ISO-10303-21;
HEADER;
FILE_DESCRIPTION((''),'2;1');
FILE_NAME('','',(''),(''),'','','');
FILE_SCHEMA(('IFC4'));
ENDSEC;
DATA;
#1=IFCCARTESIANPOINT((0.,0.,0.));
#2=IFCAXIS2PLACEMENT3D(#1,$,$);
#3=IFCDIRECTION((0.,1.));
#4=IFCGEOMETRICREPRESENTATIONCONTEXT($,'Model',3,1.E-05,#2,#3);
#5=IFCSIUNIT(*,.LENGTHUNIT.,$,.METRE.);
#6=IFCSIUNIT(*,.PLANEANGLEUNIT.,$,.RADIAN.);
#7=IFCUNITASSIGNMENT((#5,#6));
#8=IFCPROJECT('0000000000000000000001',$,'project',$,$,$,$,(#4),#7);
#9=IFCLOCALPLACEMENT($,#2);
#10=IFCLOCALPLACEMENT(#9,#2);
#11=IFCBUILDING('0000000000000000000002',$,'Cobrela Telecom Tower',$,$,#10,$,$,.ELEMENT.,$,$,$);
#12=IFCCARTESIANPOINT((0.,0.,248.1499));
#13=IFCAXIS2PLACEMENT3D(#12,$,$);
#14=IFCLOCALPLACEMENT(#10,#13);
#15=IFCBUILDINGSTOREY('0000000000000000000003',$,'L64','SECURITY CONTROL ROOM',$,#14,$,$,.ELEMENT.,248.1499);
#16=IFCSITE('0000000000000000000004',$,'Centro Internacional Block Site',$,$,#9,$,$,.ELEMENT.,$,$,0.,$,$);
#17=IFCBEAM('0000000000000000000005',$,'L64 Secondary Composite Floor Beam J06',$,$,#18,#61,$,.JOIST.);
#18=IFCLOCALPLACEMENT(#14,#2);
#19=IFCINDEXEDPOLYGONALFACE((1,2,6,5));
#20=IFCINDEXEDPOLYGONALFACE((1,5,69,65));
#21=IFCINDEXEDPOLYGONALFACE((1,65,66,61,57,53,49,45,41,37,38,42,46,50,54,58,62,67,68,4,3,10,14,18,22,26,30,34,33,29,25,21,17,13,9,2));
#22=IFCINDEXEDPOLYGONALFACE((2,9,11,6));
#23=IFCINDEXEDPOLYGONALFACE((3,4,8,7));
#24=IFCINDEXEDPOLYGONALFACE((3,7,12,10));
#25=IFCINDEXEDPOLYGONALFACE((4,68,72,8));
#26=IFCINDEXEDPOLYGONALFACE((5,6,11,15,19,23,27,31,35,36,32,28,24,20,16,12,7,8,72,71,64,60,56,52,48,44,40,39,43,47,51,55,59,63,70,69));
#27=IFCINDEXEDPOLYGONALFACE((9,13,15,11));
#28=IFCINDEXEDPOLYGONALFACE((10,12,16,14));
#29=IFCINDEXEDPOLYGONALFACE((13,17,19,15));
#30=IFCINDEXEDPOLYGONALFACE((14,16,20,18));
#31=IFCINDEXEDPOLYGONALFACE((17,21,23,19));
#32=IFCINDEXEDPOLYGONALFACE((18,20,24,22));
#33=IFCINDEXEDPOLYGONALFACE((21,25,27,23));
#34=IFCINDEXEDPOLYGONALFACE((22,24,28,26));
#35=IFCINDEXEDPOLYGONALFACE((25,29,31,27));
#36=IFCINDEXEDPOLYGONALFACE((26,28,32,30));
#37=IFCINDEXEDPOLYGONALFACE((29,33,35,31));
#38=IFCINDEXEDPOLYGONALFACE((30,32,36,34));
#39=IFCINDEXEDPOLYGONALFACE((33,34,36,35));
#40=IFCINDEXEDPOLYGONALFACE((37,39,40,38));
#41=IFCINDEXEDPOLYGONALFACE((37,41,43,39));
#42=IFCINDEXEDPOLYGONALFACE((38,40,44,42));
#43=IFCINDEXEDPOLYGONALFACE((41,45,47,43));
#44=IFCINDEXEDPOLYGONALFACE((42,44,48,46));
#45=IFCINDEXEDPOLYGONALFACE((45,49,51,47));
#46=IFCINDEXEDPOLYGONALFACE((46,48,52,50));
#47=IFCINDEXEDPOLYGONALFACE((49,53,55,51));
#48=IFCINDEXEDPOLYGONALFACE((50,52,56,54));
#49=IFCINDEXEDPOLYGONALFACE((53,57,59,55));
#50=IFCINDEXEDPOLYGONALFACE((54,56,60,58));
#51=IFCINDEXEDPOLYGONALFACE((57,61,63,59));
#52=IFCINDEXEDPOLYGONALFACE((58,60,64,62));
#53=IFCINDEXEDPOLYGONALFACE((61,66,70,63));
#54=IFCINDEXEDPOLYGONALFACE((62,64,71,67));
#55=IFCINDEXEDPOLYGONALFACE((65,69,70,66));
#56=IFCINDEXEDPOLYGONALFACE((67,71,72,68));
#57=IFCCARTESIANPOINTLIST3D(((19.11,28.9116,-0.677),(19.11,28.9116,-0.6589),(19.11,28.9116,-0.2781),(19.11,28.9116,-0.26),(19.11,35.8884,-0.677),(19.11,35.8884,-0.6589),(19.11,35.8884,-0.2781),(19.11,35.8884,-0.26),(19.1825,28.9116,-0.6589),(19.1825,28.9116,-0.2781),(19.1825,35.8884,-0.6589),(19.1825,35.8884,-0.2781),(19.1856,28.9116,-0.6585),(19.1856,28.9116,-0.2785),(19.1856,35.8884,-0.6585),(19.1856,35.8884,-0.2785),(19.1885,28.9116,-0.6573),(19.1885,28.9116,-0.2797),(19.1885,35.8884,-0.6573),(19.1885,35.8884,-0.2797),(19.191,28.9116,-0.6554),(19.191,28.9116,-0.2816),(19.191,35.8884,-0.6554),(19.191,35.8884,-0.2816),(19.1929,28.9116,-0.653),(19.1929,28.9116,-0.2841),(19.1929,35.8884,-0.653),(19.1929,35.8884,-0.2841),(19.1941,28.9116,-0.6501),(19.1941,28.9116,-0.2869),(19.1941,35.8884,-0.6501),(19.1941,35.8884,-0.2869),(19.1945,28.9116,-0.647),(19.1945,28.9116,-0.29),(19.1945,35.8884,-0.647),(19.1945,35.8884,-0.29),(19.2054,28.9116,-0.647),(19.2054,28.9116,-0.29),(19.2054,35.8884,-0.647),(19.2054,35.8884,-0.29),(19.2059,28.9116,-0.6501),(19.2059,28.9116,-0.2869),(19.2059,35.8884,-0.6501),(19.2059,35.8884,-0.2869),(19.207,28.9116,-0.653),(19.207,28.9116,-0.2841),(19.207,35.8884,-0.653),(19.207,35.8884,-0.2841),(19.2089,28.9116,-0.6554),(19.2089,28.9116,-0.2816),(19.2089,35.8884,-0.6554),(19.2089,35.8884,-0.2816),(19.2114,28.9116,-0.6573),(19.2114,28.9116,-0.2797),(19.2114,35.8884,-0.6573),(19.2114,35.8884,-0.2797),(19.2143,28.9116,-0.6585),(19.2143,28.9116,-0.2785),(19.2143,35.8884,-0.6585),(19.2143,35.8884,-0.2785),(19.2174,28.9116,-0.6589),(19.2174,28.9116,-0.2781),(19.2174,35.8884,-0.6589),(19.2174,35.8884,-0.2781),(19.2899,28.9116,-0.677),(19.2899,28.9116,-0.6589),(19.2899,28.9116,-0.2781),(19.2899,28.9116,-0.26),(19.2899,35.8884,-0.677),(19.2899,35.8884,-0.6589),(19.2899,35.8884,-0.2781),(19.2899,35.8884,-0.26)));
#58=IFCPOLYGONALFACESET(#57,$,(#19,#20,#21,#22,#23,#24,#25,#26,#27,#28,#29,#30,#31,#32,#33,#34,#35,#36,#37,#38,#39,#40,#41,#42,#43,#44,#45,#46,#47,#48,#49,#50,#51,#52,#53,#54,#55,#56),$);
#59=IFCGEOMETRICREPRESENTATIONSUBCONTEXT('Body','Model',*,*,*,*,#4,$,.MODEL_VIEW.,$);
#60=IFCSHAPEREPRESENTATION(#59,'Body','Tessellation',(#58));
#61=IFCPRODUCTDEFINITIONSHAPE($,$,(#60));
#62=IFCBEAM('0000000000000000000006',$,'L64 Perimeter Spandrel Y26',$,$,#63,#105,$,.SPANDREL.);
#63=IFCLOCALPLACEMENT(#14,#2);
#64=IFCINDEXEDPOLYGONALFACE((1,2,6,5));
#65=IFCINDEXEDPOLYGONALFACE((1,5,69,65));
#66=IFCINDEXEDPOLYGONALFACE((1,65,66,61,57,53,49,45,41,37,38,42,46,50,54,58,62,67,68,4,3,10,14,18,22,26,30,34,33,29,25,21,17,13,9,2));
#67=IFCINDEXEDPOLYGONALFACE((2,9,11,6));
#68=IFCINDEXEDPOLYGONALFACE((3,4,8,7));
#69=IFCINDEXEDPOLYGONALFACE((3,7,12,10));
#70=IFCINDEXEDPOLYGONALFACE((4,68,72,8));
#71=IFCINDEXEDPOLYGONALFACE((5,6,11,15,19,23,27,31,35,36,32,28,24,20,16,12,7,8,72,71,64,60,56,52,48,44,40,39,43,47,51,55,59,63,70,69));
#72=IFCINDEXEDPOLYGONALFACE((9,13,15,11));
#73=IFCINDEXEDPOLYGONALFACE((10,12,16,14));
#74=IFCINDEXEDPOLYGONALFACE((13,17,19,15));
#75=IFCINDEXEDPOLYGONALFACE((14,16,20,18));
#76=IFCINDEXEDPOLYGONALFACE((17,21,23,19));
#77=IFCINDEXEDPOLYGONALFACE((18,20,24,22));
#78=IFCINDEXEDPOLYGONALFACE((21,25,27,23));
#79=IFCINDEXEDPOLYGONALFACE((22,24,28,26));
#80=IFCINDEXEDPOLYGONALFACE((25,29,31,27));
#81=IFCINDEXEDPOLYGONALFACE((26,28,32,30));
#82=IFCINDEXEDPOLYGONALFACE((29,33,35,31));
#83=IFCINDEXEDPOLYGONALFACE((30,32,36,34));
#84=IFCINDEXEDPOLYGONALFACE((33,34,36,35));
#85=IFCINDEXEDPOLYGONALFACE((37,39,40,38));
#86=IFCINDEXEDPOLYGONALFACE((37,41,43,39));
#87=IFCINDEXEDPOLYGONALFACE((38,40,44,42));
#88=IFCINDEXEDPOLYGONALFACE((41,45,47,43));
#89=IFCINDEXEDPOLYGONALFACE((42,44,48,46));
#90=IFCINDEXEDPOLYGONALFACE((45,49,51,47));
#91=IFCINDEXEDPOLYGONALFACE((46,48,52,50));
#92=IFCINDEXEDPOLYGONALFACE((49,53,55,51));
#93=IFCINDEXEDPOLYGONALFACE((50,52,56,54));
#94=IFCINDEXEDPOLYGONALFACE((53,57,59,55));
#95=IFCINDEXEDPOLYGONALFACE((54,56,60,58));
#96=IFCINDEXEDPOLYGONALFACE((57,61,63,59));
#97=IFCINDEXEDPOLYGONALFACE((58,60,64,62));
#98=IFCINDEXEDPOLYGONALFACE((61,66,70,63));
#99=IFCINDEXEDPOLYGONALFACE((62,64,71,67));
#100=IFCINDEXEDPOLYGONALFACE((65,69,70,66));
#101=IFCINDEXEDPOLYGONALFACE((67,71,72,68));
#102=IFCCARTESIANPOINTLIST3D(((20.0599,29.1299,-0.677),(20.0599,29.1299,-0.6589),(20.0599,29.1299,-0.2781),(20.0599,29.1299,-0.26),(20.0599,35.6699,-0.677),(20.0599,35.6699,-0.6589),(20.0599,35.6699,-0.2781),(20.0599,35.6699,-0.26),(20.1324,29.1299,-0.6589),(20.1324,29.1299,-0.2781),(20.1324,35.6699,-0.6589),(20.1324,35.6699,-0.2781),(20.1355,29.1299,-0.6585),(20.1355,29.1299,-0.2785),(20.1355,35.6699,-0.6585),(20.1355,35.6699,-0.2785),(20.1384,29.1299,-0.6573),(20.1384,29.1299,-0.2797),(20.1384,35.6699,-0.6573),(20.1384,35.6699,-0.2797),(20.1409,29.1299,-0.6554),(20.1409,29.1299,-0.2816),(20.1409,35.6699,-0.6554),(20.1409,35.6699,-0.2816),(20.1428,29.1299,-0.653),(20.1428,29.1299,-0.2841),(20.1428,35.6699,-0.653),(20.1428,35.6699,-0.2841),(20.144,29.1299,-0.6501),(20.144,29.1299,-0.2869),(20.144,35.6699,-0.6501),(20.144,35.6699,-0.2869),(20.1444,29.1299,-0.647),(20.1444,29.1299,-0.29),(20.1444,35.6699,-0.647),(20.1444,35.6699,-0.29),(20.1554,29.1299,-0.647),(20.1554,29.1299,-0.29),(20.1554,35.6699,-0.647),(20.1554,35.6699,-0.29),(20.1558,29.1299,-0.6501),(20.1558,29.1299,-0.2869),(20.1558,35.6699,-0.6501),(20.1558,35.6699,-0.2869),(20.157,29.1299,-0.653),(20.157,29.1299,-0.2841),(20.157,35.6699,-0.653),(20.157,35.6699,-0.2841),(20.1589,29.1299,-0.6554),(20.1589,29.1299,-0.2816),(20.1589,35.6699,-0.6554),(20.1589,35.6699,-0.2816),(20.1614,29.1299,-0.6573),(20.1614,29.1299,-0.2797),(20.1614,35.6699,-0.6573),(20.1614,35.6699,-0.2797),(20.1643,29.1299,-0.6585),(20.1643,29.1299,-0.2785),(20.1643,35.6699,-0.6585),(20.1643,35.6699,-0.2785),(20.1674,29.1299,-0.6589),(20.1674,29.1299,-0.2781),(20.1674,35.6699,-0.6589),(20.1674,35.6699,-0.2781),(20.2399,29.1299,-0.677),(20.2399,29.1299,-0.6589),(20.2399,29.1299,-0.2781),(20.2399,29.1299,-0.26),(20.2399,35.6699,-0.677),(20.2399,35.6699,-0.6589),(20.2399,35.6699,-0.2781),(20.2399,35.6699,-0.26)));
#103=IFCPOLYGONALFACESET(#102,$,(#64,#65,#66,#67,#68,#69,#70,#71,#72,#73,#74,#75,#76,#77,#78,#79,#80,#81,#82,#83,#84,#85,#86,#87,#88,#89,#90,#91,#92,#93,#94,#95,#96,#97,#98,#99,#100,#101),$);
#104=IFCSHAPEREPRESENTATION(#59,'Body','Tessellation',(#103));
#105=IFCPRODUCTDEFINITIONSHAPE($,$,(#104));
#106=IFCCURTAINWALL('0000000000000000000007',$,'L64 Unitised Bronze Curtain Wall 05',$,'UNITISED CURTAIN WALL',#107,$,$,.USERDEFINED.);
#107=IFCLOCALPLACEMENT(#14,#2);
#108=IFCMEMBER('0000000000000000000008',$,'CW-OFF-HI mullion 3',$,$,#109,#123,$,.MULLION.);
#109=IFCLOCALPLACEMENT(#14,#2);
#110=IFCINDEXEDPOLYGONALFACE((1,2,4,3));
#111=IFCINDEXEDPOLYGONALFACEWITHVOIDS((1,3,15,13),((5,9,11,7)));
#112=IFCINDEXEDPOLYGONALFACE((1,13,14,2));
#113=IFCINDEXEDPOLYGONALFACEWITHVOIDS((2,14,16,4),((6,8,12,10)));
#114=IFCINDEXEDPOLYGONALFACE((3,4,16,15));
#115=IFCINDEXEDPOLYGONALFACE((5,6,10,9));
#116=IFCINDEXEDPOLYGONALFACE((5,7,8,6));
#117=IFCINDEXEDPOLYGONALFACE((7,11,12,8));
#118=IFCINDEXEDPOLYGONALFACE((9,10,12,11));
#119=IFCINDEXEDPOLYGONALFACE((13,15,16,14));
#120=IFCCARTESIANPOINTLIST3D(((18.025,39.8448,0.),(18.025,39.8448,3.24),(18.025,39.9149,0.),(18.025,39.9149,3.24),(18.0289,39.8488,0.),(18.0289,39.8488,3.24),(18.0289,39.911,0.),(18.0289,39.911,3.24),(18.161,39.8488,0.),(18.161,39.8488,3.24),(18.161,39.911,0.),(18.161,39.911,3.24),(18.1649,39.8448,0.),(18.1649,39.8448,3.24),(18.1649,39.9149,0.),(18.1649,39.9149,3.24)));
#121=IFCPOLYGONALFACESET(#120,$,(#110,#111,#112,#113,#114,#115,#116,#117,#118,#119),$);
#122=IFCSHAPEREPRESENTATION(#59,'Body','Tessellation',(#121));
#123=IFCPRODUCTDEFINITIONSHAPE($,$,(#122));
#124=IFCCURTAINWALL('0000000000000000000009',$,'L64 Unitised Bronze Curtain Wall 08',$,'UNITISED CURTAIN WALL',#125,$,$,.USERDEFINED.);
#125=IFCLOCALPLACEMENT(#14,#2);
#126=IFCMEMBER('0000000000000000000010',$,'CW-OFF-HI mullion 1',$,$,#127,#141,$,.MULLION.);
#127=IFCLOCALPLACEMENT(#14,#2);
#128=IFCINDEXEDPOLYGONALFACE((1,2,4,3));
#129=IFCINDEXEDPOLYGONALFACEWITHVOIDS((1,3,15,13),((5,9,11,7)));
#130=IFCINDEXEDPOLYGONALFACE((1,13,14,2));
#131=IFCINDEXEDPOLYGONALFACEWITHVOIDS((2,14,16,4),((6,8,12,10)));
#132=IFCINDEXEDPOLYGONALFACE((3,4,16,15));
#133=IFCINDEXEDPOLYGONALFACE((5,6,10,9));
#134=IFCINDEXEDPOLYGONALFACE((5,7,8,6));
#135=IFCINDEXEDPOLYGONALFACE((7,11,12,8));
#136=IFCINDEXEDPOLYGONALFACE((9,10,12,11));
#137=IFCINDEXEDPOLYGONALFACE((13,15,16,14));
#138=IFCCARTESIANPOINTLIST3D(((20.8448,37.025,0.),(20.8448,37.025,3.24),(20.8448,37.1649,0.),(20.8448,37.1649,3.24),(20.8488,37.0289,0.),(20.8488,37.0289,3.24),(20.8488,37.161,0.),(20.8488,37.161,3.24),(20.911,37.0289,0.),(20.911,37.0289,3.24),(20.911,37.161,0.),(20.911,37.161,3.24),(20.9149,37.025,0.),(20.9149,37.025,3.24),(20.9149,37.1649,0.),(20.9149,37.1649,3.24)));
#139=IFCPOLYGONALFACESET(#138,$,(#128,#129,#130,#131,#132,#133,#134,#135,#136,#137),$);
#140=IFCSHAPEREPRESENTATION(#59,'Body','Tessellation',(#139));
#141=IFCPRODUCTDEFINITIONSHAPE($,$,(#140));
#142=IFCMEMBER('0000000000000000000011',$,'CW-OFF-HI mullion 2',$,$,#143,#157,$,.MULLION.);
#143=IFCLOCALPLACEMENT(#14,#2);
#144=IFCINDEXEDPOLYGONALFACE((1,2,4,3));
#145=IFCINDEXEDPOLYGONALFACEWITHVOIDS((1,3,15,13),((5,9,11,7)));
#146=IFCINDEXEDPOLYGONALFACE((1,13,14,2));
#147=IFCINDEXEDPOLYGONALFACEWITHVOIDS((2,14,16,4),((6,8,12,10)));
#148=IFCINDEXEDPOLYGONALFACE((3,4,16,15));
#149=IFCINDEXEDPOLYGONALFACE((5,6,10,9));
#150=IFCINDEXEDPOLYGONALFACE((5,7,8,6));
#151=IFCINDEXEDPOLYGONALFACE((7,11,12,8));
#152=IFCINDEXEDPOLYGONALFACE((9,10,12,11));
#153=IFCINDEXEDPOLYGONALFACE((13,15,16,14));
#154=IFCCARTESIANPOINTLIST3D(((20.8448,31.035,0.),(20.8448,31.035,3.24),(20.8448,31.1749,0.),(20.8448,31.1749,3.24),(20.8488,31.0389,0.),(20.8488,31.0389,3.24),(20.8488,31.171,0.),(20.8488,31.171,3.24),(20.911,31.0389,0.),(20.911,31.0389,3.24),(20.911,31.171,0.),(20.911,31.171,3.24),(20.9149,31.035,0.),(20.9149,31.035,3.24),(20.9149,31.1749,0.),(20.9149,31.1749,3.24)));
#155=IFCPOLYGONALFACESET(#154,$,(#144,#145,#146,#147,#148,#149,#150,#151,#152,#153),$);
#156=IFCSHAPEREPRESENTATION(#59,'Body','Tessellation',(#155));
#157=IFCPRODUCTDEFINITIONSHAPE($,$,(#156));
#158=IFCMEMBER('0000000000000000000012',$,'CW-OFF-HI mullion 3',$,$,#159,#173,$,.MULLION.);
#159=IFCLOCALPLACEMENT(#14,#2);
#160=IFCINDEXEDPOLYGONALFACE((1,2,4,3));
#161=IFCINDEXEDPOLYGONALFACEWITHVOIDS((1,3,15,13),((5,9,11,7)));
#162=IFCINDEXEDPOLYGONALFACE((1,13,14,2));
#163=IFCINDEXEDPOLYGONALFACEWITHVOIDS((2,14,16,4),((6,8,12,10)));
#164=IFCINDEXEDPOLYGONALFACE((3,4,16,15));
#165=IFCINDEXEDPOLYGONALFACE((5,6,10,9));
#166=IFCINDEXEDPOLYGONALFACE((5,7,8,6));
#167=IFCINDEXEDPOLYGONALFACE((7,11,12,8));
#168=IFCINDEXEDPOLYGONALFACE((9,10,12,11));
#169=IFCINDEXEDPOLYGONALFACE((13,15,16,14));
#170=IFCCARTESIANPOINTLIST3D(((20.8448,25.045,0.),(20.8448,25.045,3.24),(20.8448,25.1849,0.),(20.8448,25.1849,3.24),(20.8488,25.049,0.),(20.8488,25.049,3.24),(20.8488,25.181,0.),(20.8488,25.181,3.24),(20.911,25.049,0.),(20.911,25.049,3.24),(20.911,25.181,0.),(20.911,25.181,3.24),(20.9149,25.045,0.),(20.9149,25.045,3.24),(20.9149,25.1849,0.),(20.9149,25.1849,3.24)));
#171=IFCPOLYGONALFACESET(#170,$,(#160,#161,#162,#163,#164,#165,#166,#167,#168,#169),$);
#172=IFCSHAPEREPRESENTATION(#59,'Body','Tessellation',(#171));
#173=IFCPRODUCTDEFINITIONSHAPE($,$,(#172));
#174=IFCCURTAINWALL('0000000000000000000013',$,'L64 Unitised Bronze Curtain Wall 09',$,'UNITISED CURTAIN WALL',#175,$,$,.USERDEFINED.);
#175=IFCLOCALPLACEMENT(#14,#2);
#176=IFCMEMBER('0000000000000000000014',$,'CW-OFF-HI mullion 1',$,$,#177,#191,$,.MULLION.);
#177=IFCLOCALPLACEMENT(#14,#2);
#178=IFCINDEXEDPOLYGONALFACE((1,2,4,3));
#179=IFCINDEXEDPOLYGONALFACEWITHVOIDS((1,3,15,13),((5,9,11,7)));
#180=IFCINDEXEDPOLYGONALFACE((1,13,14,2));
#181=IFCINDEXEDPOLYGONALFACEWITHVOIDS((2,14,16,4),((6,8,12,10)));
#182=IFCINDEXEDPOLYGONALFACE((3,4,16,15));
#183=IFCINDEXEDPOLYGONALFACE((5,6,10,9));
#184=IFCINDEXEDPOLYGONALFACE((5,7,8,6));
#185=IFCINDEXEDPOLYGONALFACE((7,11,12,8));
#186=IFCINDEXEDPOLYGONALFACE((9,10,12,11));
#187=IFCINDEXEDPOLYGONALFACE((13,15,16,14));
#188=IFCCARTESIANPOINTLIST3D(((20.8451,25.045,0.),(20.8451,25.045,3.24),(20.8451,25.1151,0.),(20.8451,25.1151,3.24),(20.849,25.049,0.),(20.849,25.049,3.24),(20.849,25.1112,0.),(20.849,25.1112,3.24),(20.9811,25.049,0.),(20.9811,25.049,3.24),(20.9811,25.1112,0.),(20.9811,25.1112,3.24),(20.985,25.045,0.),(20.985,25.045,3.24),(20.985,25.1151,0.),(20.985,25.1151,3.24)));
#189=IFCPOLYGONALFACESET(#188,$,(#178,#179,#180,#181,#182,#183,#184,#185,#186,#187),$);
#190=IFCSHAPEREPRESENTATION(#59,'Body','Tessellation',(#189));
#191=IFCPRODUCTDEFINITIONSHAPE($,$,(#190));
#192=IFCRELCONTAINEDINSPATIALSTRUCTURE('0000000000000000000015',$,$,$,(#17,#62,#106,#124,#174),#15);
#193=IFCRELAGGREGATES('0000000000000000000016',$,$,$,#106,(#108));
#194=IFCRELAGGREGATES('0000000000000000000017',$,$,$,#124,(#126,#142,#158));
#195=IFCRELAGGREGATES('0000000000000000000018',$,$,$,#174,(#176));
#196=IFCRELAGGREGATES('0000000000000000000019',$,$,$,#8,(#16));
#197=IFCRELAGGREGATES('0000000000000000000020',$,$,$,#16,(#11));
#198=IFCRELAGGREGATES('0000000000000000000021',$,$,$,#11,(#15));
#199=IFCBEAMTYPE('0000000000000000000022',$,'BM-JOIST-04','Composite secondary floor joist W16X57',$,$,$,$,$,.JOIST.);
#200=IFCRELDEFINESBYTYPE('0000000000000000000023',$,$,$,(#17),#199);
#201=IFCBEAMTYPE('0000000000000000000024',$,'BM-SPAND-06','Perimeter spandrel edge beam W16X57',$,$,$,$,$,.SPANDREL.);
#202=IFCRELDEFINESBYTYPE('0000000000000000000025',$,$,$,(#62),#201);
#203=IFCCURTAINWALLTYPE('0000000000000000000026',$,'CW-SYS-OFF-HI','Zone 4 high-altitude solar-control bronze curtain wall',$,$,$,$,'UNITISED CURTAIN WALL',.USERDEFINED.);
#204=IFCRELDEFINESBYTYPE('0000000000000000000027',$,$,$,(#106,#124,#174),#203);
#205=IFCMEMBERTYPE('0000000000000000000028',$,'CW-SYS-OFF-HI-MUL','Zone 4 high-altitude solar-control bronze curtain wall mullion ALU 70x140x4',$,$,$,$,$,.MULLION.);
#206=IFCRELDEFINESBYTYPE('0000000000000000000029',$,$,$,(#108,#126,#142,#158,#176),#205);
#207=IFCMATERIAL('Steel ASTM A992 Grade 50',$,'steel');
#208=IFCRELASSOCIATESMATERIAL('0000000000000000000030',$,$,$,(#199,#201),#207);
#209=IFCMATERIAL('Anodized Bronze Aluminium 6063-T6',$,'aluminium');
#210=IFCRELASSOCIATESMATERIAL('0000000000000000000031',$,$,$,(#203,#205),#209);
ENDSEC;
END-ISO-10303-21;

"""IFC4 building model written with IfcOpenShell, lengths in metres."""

from ifc_helpers import new_model, si_unit, direction, frame, origin, origin_2d, place, context, subcontext, project, spatial, hollow_rectangle, i_section, extrude, material, material_profile, profile_set, type_object, element, aggregate, save


model = new_model("IFC4")

# Units and contexts
model_context = context("Model", 3, precision=1e-05, world=origin(), true_north=direction((0.0, 1.0)))
body_context = subcontext(model_context, "Body", "Model", "MODEL_VIEW")
ifc_project = project(units=[si_unit("LENGTHUNIT", "METRE"), si_unit("PLANEANGLEUNIT", "RADIAN")], contexts=[model_context])

# Site, building, storey
site_placement = place(None, origin())
site = spatial("IfcSite", under=ifc_project, at=site_placement, Name="Centro Internacional Block Site", CompositionType="ELEMENT", RefElevation=0.0)
building_placement = place(site_placement, origin())
building = spatial("IfcBuilding", under=site, at=building_placement, Name="Cobrela Telecom Tower", CompositionType="ELEMENT")
storey_placement = place(building_placement, frame((0.0, 0.0, 248.1499)))
storey = spatial("IfcBuildingStorey", under=building, at=storey_placement, Name="L64", Description="SECURITY CONTROL ROOM", CompositionType="ELEMENT", Elevation=248.1499)

# Shared definitions
ifc_material_1 = material(Name="Steel ASTM A992 Grade 50", Category="steel")

# Beams
ifc_material_profile_1 = material_profile(ifc_material_1, i_section(OverallWidth=0.1799, OverallDepth=0.417, WebThickness=0.011, FlangeThickness=0.0181, FilletRadius=0.012, at=origin_2d()), Name="W16X57")
ifc_profile_set_1 = profile_set([ifc_material_profile_1], Name="Steel ASTM A992 Grade 50")
beam_type_1 = type_object("IfcBeamType", Name="BM-JOIST-04", Description="Composite secondary floor joist W16X57", PredefinedType="JOIST", material=ifc_profile_set_1)
beam_1_placement = place(storey_placement, frame((19.2, 28.9116, -0.4685), z_axis=(0.0, 1.0, 0.0), x_axis=(-1.0, 0.0, 0.0)))
element("IfcBeam", 1, at=beam_1_placement, inside=storey, type_object=beam_type_1, Name="L64 Secondary Composite Floor Beam J06", PredefinedType="JOIST", context=body_context, shape_type="SweptSolid", body=[
    extrude(i_section(OverallWidth=0.1799, OverallDepth=0.417, WebThickness=0.011, FlangeThickness=0.0181, FilletRadius=0.012, at=origin_2d()), origin(), (0.0, 0.0, 1.0), 6.9768),
])
ifc_material_profile_2 = material_profile(ifc_material_1, i_section(OverallWidth=0.1799, OverallDepth=0.417, WebThickness=0.011, FlangeThickness=0.0181, FilletRadius=0.012, at=origin_2d()), Name="W16X57")
ifc_profile_set_2 = profile_set([ifc_material_profile_2], Name="Steel ASTM A992 Grade 50")
beam_type_2 = type_object("IfcBeamType", Name="BM-SPAND-06", Description="Perimeter spandrel edge beam W16X57", PredefinedType="SPANDREL", material=ifc_profile_set_2)
beam_2_placement = place(storey_placement, frame((20.1499, 29.1299, -0.4685), z_axis=(0.0, 1.0, 0.0), x_axis=(-1.0, 0.0, 0.0)))
element("IfcBeam", 2, at=beam_2_placement, inside=storey, type_object=beam_type_2, Name="L64 Perimeter Spandrel Y26", PredefinedType="SPANDREL", context=body_context, shape_type="SweptSolid", body=[
    extrude(i_section(OverallWidth=0.1799, OverallDepth=0.417, WebThickness=0.011, FlangeThickness=0.0181, FilletRadius=0.012, at=origin_2d()), origin(), (0.0, 0.0, 1.0), 6.54),
])

# Curtain wall, member
ifc_material_2 = material(Name="Anodized Bronze Aluminium 6063-T6", Category="aluminium")
curtain_wall_type = type_object("IfcCurtainWallType", Name="CW-SYS-OFF-HI", Description="Zone 4 high-altitude solar-control bronze curtain wall", ElementType="UNITISED CURTAIN WALL", PredefinedType="USERDEFINED", material=ifc_material_2)
curtain_wall_1_placement = place(storey_placement, origin())
curtain_wall_1 = element("IfcCurtainWall", 3, at=curtain_wall_1_placement, inside=storey, type_object=curtain_wall_type, Name="L64 Unitised Bronze Curtain Wall 05", ObjectType="UNITISED CURTAIN WALL", PredefinedType="USERDEFINED")
ifc_material_profile_3 = material_profile(ifc_material_2, hollow_rectangle(XDim=0.0701, YDim=0.1399, WallThickness=0.0039, at=origin_2d()), Name="ALU 70x140x4")
ifc_profile_set_3 = profile_set([ifc_material_profile_3], Name="Anodized Bronze Aluminium 6063-T6")
member_type_1 = type_object("IfcMemberType", Name="CW-SYS-OFF-HI-MUL", Description="Zone 4 high-altitude solar-control bronze curtain wall mullion ALU 70x140x4", PredefinedType="MULLION", material=ifc_profile_set_3)
member_1_placement = place(storey_placement, frame((18.095, 39.8799, 0.0), z_axis=(0.0, 0.0, 1.0), x_axis=(0.0, 1.0, 0.0)))
member_1 = element("IfcMember", 4, at=member_1_placement, type_object=member_type_1, Name="CW-OFF-HI mullion 3", PredefinedType="MULLION", context=body_context, shape_type="SweptSolid", body=[
    extrude(hollow_rectangle(XDim=0.0701, YDim=0.1399, WallThickness=0.0039, at=origin_2d()), origin(), (0.0, 0.0, 1.0), 3.24),
])
aggregate(curtain_wall_1, [member_1])

# Curtain walls, members
curtain_wall_2_placement = place(storey_placement, origin())
curtain_wall_2 = element("IfcCurtainWall", 5, at=curtain_wall_2_placement, inside=storey, type_object=curtain_wall_type, Name="L64 Unitised Bronze Curtain Wall 08", ObjectType="UNITISED CURTAIN WALL", PredefinedType="USERDEFINED")
member_2_placement = place(storey_placement, frame((20.8799, 37.095, 0.0), z_axis=(0.0, 0.0, 1.0), x_axis=(1.0, 0.0, 0.0)))
member_2 = element("IfcMember", 6, at=member_2_placement, type_object=member_type_1, Name="CW-OFF-HI mullion 1", PredefinedType="MULLION", context=body_context, shape_type="SweptSolid", body=[
    extrude(hollow_rectangle(XDim=0.0701, YDim=0.1399, WallThickness=0.0039, at=origin_2d()), origin(), (0.0, 0.0, 1.0), 3.24),
])
member_3_placement = place(storey_placement, frame((20.8799, 31.105, 0.0), z_axis=(0.0, 0.0, 1.0), x_axis=(1.0, 0.0, 0.0)))
member_3 = element("IfcMember", 7, at=member_3_placement, type_object=member_type_1, Name="CW-OFF-HI mullion 2", PredefinedType="MULLION", context=body_context, shape_type="SweptSolid", body=[
    extrude(hollow_rectangle(XDim=0.0701, YDim=0.1399, WallThickness=0.0039, at=origin_2d()), origin(), (0.0, 0.0, 1.0), 3.24),
])
member_4_placement = place(storey_placement, frame((20.8799, 25.115, 0.0), z_axis=(0.0, 0.0, 1.0), x_axis=(1.0, 0.0, 0.0)))
member_4 = element("IfcMember", 8, at=member_4_placement, type_object=member_type_1, Name="CW-OFF-HI mullion 3", PredefinedType="MULLION", context=body_context, shape_type="SweptSolid", body=[
    extrude(hollow_rectangle(XDim=0.0701, YDim=0.1399, WallThickness=0.0039, at=origin_2d()), origin(), (0.0, 0.0, 1.0), 3.24),
])
curtain_wall_3_placement = place(storey_placement, origin())
curtain_wall_3 = element("IfcCurtainWall", 9, at=curtain_wall_3_placement, inside=storey, type_object=curtain_wall_type, Name="L64 Unitised Bronze Curtain Wall 09", ObjectType="UNITISED CURTAIN WALL", PredefinedType="USERDEFINED")
member_5_placement = place(storey_placement, frame((20.915, 25.0801, 0.0), z_axis=(0.0, 0.0, 1.0), x_axis=(0.0, 1.0, 0.0)))
member_5 = element("IfcMember", 10, at=member_5_placement, type_object=member_type_1, Name="CW-OFF-HI mullion 1", PredefinedType="MULLION", context=body_context, shape_type="SweptSolid", body=[
    extrude(hollow_rectangle(XDim=0.0701, YDim=0.1399, WallThickness=0.0039, at=origin_2d()), origin(), (0.0, 0.0, 1.0), 3.24),
])

aggregate(curtain_wall_2, [member_2, member_3, member_4])
aggregate(curtain_wall_3, [member_5])

save(model, "model.ifc")
